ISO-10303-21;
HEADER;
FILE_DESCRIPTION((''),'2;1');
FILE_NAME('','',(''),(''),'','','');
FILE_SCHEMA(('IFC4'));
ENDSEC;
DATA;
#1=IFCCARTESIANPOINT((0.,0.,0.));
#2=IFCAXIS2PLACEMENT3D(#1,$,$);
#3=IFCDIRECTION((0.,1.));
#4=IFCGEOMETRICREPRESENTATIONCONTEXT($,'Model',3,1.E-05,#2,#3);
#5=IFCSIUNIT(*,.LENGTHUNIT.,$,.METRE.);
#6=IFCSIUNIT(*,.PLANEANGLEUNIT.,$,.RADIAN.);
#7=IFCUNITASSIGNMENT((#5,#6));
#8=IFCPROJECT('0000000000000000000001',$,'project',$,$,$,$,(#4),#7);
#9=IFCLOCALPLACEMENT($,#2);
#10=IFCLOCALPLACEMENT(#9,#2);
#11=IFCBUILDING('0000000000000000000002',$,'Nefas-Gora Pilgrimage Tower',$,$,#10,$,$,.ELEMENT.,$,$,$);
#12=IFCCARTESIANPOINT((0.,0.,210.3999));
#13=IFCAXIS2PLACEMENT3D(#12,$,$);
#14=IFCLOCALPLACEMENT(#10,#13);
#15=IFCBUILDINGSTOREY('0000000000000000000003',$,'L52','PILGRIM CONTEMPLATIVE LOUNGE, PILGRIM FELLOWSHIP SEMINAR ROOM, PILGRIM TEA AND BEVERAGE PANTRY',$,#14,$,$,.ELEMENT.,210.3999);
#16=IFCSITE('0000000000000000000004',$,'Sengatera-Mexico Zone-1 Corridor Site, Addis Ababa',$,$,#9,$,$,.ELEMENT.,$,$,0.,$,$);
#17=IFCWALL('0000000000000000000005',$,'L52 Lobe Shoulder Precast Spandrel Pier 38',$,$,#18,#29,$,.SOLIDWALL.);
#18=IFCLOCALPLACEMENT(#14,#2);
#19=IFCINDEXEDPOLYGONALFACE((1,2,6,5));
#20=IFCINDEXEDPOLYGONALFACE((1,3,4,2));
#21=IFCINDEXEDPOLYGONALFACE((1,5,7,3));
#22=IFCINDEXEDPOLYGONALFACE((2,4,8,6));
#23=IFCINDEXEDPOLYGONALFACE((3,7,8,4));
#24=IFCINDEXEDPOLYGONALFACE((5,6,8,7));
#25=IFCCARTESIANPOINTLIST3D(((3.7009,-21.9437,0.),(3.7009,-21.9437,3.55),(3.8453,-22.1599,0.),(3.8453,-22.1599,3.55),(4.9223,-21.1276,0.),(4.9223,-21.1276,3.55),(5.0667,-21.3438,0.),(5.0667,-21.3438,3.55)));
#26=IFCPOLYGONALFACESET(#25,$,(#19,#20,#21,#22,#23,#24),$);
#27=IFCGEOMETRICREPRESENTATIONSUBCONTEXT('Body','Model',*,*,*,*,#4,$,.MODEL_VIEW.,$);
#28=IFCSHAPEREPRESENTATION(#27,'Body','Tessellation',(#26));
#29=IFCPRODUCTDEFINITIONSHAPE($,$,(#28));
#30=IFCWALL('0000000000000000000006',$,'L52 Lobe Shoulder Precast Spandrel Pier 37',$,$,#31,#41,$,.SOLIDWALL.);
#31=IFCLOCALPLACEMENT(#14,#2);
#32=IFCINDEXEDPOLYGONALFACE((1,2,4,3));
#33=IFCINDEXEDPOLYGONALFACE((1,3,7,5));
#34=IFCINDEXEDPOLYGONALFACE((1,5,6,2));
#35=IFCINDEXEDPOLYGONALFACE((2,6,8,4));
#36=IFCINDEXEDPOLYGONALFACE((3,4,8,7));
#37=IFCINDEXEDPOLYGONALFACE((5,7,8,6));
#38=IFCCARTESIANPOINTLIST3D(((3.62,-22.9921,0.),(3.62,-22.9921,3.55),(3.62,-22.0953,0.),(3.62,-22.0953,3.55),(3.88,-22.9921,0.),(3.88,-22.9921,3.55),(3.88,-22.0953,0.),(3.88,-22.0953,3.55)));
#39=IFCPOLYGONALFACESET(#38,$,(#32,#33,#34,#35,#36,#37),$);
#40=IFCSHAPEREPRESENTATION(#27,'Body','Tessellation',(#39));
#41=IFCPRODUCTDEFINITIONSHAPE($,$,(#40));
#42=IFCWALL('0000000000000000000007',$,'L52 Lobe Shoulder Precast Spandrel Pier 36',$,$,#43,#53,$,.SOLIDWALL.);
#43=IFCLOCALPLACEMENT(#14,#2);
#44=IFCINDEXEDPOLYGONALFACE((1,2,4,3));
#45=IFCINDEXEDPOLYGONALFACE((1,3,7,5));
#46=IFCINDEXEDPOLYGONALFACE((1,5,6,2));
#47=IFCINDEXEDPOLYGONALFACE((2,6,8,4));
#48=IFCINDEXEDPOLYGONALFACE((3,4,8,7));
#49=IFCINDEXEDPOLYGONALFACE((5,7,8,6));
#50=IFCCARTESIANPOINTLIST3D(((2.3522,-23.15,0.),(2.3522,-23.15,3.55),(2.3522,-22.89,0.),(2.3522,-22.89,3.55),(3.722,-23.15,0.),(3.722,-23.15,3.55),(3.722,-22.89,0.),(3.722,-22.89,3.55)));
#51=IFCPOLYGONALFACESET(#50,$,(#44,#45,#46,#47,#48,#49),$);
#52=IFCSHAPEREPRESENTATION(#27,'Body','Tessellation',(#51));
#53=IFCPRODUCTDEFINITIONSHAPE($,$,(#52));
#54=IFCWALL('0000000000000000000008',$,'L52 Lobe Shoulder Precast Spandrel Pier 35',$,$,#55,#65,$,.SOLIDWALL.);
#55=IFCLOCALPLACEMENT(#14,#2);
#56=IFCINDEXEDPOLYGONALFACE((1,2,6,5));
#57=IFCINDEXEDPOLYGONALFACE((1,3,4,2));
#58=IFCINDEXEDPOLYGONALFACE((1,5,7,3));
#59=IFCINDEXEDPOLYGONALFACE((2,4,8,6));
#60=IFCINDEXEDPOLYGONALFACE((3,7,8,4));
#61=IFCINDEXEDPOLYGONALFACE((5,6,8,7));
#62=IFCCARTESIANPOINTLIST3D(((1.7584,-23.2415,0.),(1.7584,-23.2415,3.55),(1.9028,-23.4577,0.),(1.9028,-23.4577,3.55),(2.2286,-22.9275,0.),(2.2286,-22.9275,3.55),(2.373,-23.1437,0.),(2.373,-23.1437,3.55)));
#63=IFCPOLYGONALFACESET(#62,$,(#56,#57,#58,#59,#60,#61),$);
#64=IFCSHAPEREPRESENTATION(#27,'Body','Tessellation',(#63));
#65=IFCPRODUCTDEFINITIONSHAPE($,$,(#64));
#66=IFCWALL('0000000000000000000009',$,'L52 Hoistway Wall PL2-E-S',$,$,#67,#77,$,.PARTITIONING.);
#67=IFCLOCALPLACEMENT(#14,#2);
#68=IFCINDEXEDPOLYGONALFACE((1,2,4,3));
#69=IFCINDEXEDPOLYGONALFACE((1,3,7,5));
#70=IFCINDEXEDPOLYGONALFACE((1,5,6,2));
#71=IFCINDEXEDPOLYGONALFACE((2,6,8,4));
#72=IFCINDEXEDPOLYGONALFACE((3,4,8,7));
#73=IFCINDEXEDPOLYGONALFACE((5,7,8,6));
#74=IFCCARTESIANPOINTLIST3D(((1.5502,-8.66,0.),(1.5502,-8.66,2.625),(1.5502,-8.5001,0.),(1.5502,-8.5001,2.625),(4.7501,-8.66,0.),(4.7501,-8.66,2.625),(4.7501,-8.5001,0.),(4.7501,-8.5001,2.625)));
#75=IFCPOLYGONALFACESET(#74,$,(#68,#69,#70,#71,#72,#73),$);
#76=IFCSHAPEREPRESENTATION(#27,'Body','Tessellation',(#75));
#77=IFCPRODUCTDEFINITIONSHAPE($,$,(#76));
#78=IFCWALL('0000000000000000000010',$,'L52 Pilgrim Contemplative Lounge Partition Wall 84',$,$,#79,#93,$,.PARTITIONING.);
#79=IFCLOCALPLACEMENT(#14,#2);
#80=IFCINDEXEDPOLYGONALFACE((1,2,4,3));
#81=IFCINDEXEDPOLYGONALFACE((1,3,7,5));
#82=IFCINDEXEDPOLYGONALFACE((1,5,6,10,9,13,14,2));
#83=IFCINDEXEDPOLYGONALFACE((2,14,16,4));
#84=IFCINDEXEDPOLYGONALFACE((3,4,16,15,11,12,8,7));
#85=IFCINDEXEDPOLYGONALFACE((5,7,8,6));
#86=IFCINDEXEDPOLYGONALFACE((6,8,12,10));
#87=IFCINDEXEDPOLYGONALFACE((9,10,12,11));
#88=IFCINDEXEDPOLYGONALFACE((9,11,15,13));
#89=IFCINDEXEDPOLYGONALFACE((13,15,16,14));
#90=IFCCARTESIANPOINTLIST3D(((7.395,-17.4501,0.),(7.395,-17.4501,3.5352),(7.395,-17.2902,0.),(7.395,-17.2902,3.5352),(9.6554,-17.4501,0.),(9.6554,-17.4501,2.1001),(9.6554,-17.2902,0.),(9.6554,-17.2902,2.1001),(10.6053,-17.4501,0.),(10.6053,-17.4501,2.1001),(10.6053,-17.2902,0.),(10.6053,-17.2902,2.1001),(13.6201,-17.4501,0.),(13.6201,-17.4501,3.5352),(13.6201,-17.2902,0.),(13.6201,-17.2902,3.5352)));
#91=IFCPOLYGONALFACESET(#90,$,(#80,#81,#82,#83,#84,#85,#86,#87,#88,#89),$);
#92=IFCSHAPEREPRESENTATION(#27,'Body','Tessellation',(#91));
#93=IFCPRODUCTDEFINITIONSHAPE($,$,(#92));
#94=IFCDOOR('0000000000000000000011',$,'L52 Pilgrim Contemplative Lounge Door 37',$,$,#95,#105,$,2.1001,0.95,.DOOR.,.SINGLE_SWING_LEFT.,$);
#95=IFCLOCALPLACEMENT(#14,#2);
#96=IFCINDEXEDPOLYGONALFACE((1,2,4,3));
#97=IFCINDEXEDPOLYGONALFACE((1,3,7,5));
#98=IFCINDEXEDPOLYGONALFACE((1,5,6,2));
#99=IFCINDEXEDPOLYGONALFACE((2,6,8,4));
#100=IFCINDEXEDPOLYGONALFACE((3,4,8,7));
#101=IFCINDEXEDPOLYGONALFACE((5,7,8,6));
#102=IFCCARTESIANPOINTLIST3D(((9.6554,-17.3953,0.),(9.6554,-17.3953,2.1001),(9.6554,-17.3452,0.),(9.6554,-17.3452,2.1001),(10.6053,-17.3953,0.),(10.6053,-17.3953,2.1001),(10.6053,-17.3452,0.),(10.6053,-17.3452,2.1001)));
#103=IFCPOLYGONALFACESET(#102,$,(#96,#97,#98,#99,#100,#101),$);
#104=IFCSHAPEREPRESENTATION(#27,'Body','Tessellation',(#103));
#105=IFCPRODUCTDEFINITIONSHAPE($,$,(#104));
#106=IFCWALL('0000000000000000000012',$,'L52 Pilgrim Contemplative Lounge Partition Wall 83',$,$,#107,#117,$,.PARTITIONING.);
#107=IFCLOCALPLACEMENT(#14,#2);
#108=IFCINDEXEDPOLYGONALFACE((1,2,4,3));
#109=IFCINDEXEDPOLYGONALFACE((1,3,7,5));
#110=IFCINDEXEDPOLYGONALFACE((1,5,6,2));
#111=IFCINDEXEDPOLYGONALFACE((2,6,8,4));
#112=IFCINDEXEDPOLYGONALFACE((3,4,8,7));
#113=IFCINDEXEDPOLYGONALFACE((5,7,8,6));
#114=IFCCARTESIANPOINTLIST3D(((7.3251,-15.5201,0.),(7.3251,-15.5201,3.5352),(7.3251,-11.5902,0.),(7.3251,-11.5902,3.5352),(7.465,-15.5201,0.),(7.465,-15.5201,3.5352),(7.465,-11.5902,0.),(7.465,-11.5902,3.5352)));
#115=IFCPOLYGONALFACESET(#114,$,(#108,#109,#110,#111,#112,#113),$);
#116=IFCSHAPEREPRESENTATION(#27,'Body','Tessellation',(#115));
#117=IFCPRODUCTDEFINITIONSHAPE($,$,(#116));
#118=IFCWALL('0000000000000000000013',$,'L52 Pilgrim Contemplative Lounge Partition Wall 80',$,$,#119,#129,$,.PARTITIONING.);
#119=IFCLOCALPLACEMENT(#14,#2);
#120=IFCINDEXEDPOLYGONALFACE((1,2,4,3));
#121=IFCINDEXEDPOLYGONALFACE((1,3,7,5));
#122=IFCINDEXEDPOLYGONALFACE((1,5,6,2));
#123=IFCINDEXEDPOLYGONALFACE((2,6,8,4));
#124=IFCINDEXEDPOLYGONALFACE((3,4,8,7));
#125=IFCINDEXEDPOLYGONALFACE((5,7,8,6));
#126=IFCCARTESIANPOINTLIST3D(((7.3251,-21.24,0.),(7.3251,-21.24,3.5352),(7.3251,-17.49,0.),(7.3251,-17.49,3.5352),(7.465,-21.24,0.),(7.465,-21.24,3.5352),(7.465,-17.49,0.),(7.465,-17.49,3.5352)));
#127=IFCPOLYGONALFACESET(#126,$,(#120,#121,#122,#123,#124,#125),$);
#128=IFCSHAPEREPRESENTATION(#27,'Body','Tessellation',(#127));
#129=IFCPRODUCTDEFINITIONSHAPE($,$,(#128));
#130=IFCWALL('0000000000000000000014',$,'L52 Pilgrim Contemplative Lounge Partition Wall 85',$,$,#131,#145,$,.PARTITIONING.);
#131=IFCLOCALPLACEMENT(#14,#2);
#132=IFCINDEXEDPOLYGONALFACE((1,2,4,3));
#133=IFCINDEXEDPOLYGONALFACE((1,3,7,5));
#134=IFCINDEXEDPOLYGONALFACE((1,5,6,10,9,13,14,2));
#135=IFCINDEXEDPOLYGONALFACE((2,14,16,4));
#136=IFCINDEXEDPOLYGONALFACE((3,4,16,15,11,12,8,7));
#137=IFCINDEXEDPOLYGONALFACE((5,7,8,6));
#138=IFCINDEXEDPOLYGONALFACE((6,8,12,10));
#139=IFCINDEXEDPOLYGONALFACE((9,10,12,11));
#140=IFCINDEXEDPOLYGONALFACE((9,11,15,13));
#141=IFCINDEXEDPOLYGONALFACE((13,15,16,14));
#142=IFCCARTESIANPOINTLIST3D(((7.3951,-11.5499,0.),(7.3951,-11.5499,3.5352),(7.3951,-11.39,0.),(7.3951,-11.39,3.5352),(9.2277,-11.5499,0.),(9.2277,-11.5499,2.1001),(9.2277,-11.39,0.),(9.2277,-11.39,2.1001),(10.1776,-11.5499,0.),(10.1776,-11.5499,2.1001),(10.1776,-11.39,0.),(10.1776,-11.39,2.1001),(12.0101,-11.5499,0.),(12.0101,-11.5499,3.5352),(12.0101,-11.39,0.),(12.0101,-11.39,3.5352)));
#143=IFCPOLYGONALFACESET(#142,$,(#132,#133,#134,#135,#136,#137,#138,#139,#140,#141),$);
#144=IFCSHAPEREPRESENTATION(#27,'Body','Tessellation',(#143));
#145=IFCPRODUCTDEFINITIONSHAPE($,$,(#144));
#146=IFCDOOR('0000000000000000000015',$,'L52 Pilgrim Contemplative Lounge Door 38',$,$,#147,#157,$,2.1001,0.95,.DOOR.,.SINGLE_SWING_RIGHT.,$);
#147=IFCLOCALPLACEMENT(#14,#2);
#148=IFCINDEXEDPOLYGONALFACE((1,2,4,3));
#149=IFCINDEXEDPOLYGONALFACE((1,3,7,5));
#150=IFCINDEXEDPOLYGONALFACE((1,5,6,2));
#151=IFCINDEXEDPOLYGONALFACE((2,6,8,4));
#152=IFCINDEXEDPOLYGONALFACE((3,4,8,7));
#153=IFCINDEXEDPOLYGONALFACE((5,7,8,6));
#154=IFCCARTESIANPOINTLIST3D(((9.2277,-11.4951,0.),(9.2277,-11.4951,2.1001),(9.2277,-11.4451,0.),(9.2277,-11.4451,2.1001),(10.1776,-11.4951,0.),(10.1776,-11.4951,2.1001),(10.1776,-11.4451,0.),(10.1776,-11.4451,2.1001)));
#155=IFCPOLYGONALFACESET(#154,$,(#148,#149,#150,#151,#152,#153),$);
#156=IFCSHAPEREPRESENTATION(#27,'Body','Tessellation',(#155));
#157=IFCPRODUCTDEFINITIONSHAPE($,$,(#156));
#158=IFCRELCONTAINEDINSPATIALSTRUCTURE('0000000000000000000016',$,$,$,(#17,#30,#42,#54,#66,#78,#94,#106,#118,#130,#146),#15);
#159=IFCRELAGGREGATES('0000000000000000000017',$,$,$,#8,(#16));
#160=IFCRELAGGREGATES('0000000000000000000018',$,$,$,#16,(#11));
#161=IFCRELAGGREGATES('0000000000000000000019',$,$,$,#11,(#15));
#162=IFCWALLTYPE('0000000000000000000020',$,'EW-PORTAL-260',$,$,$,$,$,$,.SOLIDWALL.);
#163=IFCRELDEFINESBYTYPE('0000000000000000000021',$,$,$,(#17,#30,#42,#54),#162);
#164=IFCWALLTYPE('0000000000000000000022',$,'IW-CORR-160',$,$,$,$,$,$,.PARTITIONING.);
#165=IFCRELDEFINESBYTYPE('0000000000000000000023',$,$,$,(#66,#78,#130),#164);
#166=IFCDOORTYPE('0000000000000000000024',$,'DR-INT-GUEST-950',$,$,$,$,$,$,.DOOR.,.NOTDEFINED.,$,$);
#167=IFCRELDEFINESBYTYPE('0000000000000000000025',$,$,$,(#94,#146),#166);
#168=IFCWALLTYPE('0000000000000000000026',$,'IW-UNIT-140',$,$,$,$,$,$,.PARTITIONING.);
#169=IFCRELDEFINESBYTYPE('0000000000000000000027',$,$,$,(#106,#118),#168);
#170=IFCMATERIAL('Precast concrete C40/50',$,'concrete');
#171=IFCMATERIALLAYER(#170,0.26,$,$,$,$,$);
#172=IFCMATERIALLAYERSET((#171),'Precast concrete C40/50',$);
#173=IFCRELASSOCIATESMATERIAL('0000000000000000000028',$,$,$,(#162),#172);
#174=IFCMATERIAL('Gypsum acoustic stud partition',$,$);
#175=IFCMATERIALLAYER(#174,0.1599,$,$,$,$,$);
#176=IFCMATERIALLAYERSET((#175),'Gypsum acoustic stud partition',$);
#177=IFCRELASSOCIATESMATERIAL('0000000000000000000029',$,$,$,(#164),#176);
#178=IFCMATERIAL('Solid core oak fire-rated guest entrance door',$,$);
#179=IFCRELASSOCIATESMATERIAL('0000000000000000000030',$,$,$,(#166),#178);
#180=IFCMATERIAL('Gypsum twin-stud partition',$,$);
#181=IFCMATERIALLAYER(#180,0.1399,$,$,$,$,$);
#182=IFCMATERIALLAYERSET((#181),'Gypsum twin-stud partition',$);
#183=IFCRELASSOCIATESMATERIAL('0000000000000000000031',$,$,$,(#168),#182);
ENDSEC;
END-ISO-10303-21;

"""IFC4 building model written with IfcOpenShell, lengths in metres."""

from ifc_helpers import new_model, si_unit, direction, frame, frame_2d, origin, place, context, subcontext, project, spatial, rectangle, extrude, source, transform, mapped, material, layer, layer_set, type_object, element, fill, save


model = new_model("IFC4")

# Units and contexts
model_context = context("Model", 3, precision=1e-05, world=origin(), true_north=direction((0.0, 1.0)))
body_context = subcontext(model_context, "Body", "Model", "MODEL_VIEW")
ifc_project = project(units=[si_unit("LENGTHUNIT", "METRE"), si_unit("PLANEANGLEUNIT", "RADIAN")], contexts=[model_context])

# Site, building, storey
site_placement = place(None, origin())
site = spatial("IfcSite", under=ifc_project, at=site_placement, Name="Sengatera-Mexico Zone-1 Corridor Site, Addis Ababa", CompositionType="ELEMENT", RefElevation=0.0)
building_placement = place(site_placement, origin())
building = spatial("IfcBuilding", under=site, at=building_placement, Name="Nefas-Gora Pilgrimage Tower", CompositionType="ELEMENT")
storey_placement = place(building_placement, frame((0.0, 0.0, 210.3999)))
storey = spatial("IfcBuildingStorey", under=building, at=storey_placement, Name="L52", Description="PILGRIM CONTEMPLATIVE LOUNGE, PILGRIM FELLOWSHIP SEMINAR ROOM, PILGRIM TEA AND BEVERAGE PANTRY", CompositionType="ELEMENT", Elevation=210.3999)

# Walls
ifc_material_1 = material(Name="Precast concrete C40/50", Category="concrete")
ifc_layer_1 = layer(ifc_material_1, 0.26)
ifc_layer_set_1 = layer_set([ifc_layer_1], Name="Precast concrete C40/50")
wall_type_1 = type_object("IfcWallType", Name="EW-PORTAL-260", PredefinedType="SOLIDWALL", material=ifc_layer_set_1)
shared_shape_1 = source(origin(), body_context, "Body", "SweptSolid", [
    extrude(rectangle(XDim=1.469, YDim=0.26, at=frame_2d((0.7344, 0.0))), origin(), (0.0, 0.0, 1.0), 3.55),
])
wall_1_placement = place(storey_placement, frame((3.7732, -22.0518, 0.0), z_axis=(0.0, 0.0, 1.0), x_axis=(0.831462, 0.555582, 0.0)))
element("IfcWall", 1, at=wall_1_placement, inside=storey, type_object=wall_type_1, Name="L52 Lobe Shoulder Precast Spandrel Pier 38", PredefinedType="SOLIDWALL", context=body_context, shape_type="MappedRepresentation", body=[
    mapped(shared_shape_1, transform((0.0, 0.0, 0.0), x_axis=(1.0, 0.0, 0.0), y_axis=(0.0, 1.0, 0.0), z_axis=(0.0, 0.0, 1.0), scale=1.0)),
])
shared_shape_2 = source(origin(), body_context, "Body", "SweptSolid", [
    extrude(rectangle(XDim=0.8967, YDim=0.26, at=frame_2d((0.4482, 0.0))), origin(), (0.0, 0.0, 1.0), 3.55),
])
wall_2_placement = place(storey_placement, frame((3.75, -22.9919, 0.0), z_axis=(0.0, 0.0, 1.0), x_axis=(0.0, 1.0, 0.0)))
element("IfcWall", 2, at=wall_2_placement, inside=storey, type_object=wall_type_1, Name="L52 Lobe Shoulder Precast Spandrel Pier 37", PredefinedType="SOLIDWALL", context=body_context, shape_type="MappedRepresentation", body=[
    mapped(shared_shape_2, transform((0.0, 0.0, 0.0), x_axis=(1.0, 0.0, 0.0), y_axis=(0.0, 1.0, 0.0), z_axis=(0.0, 0.0, 1.0), scale=1.0)),
])
shared_shape_3 = source(origin(), body_context, "Body", "SweptSolid", [
    extrude(rectangle(XDim=1.3699, YDim=0.26, at=frame_2d((0.6851, 0.0))), origin(), (0.0, 0.0, 1.0), 3.55),
])
wall_3_placement = place(storey_placement, frame((2.3521, -23.02, 0.0), z_axis=(0.0, 0.0, 1.0), x_axis=(1.0, 0.0, 0.0)))
element("IfcWall", 3, at=wall_3_placement, inside=storey, type_object=wall_type_1, Name="L52 Lobe Shoulder Precast Spandrel Pier 36", PredefinedType="SOLIDWALL", context=body_context, shape_type="MappedRepresentation", body=[
    mapped(shared_shape_3, transform((0.0, 0.0, 0.0), x_axis=(1.0, 0.0, 0.0), y_axis=(0.0, 1.0, 0.0), z_axis=(0.0, 0.0, 1.0), scale=1.0)),
])
shared_shape_4 = source(origin(), body_context, "Body", "SweptSolid", [
    extrude(rectangle(XDim=0.5654, YDim=0.26, at=frame_2d((0.2827, 0.0))), origin(), (0.0, 0.0, 1.0), 3.55),
])
wall_4_placement = place(storey_placement, frame((1.8306, -23.3496, 0.0), z_axis=(0.0, 0.0, 1.0), x_axis=(0.831651, 0.555298, 0.0)))
element("IfcWall", 4, at=wall_4_placement, inside=storey, type_object=wall_type_1, Name="L52 Lobe Shoulder Precast Spandrel Pier 35", PredefinedType="SOLIDWALL", context=body_context, shape_type="MappedRepresentation", body=[
    mapped(shared_shape_4, transform((0.0, 0.0, 0.0), x_axis=(1.0, 0.0, 0.0), y_axis=(0.0, 1.0, 0.0), z_axis=(0.0, 0.0, 1.0), scale=1.0)),
])
ifc_material_2 = material(Name="Gypsum acoustic stud partition")
ifc_layer_2 = layer(ifc_material_2, 0.1599)
ifc_layer_set_2 = layer_set([ifc_layer_2], Name="Gypsum acoustic stud partition")
wall_type_2 = type_object("IfcWallType", Name="IW-CORR-160", PredefinedType="PARTITIONING", material=ifc_layer_set_2)
shared_shape_5 = source(origin(), body_context, "Body", "SweptSolid", [
    extrude(rectangle(XDim=3.2, YDim=0.1599, at=frame_2d((1.6001, 0.0))), origin(), (0.0, 0.0, 1.0), 2.625),
])
wall_5_placement = place(storey_placement, frame((1.55, -8.5801, 0.0), z_axis=(0.0, 0.0, 1.0), x_axis=(1.0, 0.0, 0.0)))
element("IfcWall", 5, at=wall_5_placement, inside=storey, type_object=wall_type_2, Name="L52 Hoistway Wall PL2-E-S", PredefinedType="PARTITIONING", context=body_context, shape_type="MappedRepresentation", body=[
    mapped(shared_shape_5, transform((0.0, 0.0, 0.0), x_axis=(1.0, 0.0, 0.0), y_axis=(0.0, 1.0, 0.0), z_axis=(0.0, 0.0, 1.0), scale=1.0)),
])

# Wall, opening, door
shared_shape_6 = source(origin(), body_context, "Body", "SweptSolid", [
    extrude(rectangle(XDim=6.2251, YDim=0.1599, at=frame_2d((3.1125, 0.0))), origin(), (0.0, 0.0, 1.0), 3.5352),
])
wall_6_placement = place(storey_placement, frame((7.395, -17.3701, 0.0), z_axis=(0.0, 0.0, 1.0), x_axis=(1.0, 0.0, 0.0)))
wall_6 = element("IfcWall", 6, at=wall_6_placement, inside=storey, type_object=wall_type_2, Name="L52 Pilgrim Contemplative Lounge Partition Wall 84", PredefinedType="PARTITIONING", context=body_context, shape_type="MappedRepresentation", body=[
    mapped(shared_shape_6, transform((0.0, 0.0, 0.0), x_axis=(1.0, 0.0, 0.0), y_axis=(0.0, 1.0, 0.0), z_axis=(0.0, 0.0, 1.0), scale=1.0)),
])
opening_1_placement = place(wall_6_placement, frame((2.2603, 0.0, 0.0)))
opening_1 = element("IfcOpeningElement", 7, at=opening_1_placement, cuts=wall_6, PredefinedType="OPENING", context=body_context, shape_type="SweptSolid", body=[
    extrude(rectangle(XDim=0.95, YDim=2.1001, at=frame_2d((0.4751, 1.05))), frame((0.0, 0.0898, 0.0), z_axis=(0.0, -1.0, 0.0), x_axis=(1.0, 0.0, 0.0)), (0.0, 0.0, 1.0), 0.1799),
])
ifc_material_3 = material(Name="Solid core oak fire-rated guest entrance door")
door_type = type_object("IfcDoorType", Name="DR-INT-GUEST-950", OperationType="NOTDEFINED", PredefinedType="DOOR", material=ifc_material_3)
shared_shape_7 = source(origin(), body_context, "Body", "SweptSolid", [
    extrude(rectangle(XDim=0.95, YDim=2.1001, at=frame_2d((0.4751, 1.05))), frame((0.0, 0.0249, 0.0), z_axis=(0.0, -1.0, 0.0), x_axis=(1.0, 0.0, 0.0)), (0.0, 0.0, 1.0), 0.05),
])
door_1_placement = place(opening_1_placement, origin())
door_1 = element("IfcDoor", 8, at=door_1_placement, inside=storey, type_object=door_type, Name="L52 Pilgrim Contemplative Lounge Door 37", OperationType="SINGLE_SWING_LEFT", OverallHeight=2.1001, OverallWidth=0.95, PredefinedType="DOOR", context=body_context, shape_type="MappedRepresentation", body=[
    mapped(shared_shape_7, transform((0.0, 0.0, 0.0), x_axis=(1.0, 0.0, 0.0), y_axis=(0.0, 1.0, 0.0), z_axis=(0.0, 0.0, 1.0), scale=1.0)),
])
fill(opening_1, door_1)

# Walls
ifc_material_4 = material(Name="Gypsum twin-stud partition")
ifc_layer_3 = layer(ifc_material_4, 0.1399)
ifc_layer_set_3 = layer_set([ifc_layer_3], Name="Gypsum twin-stud partition")
wall_type_3 = type_object("IfcWallType", Name="IW-UNIT-140", PredefinedType="PARTITIONING", material=ifc_layer_set_3)
shared_shape_8 = source(origin(), body_context, "Body", "SweptSolid", [
    extrude(rectangle(XDim=3.9299, YDim=0.1399, at=frame_2d((1.9648, 0.0))), origin(), (0.0, 0.0, 1.0), 3.5352),
])
wall_7_placement = place(storey_placement, frame((7.395, -15.52, 0.0), z_axis=(0.0, 0.0, 1.0), x_axis=(0.0, 1.0, 0.0)))
element("IfcWall", 9, at=wall_7_placement, inside=storey, type_object=wall_type_3, Name="L52 Pilgrim Contemplative Lounge Partition Wall 83", PredefinedType="PARTITIONING", context=body_context, shape_type="MappedRepresentation", body=[
    mapped(shared_shape_8, transform((0.0, 0.0, 0.0), x_axis=(1.0, 0.0, 0.0), y_axis=(0.0, 1.0, 0.0), z_axis=(0.0, 0.0, 1.0), scale=1.0)),
])
shared_shape_9 = source(origin(), body_context, "Body", "SweptSolid", [
    extrude(rectangle(XDim=3.75, YDim=0.1399, at=frame_2d((1.875, 0.0))), origin(), (0.0, 0.0, 1.0), 3.5352),
])
wall_8_placement = place(storey_placement, frame((7.395, -21.24, 0.0), z_axis=(0.0, 0.0, 1.0), x_axis=(0.0, 1.0, 0.0)))
element("IfcWall", 10, at=wall_8_placement, inside=storey, type_object=wall_type_3, Name="L52 Pilgrim Contemplative Lounge Partition Wall 80", PredefinedType="PARTITIONING", context=body_context, shape_type="MappedRepresentation", body=[
    mapped(shared_shape_9, transform((0.0, 0.0, 0.0), x_axis=(1.0, 0.0, 0.0), y_axis=(0.0, 1.0, 0.0), z_axis=(0.0, 0.0, 1.0), scale=1.0)),
])

# Wall, opening, door
shared_shape_10 = source(origin(), body_context, "Body", "SweptSolid", [
    extrude(rectangle(XDim=4.615, YDim=0.1599, at=frame_2d((2.3076, 0.0))), origin(), (0.0, 0.0, 1.0), 3.5352),
])
wall_9_placement = place(storey_placement, frame((7.395, -11.47, 0.0), z_axis=(0.0, 0.0, 1.0), x_axis=(1.0, 0.0, 0.0)))
wall_9 = element("IfcWall", 11, at=wall_9_placement, inside=storey, type_object=wall_type_2, Name="L52 Pilgrim Contemplative Lounge Partition Wall 85", PredefinedType="PARTITIONING", context=body_context, shape_type="MappedRepresentation", body=[
    mapped(shared_shape_10, transform((0.0, 0.0, 0.0), x_axis=(1.0, 0.0, 0.0), y_axis=(0.0, 1.0, 0.0), z_axis=(0.0, 0.0, 1.0), scale=1.0)),
])
opening_2_placement = place(wall_9_placement, frame((1.8325, 0.0, 0.0)))
opening_2 = element("IfcOpeningElement", 12, at=opening_2_placement, cuts=wall_9, PredefinedType="OPENING", context=body_context, shape_type="SweptSolid", body=[
    extrude(rectangle(XDim=0.95, YDim=2.1001, at=frame_2d((0.4751, 1.05))), frame((0.0, 0.0898, 0.0), z_axis=(0.0, -1.0, 0.0), x_axis=(1.0, 0.0, 0.0)), (0.0, 0.0, 1.0), 0.1799),
])
door_2_placement = place(opening_2_placement, origin())
door_2 = element("IfcDoor", 13, at=door_2_placement, inside=storey, type_object=door_type, Name="L52 Pilgrim Contemplative Lounge Door 38", OperationType="SINGLE_SWING_RIGHT", OverallHeight=2.1001, OverallWidth=0.95, PredefinedType="DOOR", context=body_context, shape_type="MappedRepresentation", body=[
    mapped(shared_shape_7, transform((0.0, 0.0, 0.0), x_axis=(1.0, 0.0, 0.0), y_axis=(0.0, 1.0, 0.0), z_axis=(0.0, 0.0, 1.0), scale=1.0)),
])
fill(opening_2, door_2)

save(model, "model.ifc")
